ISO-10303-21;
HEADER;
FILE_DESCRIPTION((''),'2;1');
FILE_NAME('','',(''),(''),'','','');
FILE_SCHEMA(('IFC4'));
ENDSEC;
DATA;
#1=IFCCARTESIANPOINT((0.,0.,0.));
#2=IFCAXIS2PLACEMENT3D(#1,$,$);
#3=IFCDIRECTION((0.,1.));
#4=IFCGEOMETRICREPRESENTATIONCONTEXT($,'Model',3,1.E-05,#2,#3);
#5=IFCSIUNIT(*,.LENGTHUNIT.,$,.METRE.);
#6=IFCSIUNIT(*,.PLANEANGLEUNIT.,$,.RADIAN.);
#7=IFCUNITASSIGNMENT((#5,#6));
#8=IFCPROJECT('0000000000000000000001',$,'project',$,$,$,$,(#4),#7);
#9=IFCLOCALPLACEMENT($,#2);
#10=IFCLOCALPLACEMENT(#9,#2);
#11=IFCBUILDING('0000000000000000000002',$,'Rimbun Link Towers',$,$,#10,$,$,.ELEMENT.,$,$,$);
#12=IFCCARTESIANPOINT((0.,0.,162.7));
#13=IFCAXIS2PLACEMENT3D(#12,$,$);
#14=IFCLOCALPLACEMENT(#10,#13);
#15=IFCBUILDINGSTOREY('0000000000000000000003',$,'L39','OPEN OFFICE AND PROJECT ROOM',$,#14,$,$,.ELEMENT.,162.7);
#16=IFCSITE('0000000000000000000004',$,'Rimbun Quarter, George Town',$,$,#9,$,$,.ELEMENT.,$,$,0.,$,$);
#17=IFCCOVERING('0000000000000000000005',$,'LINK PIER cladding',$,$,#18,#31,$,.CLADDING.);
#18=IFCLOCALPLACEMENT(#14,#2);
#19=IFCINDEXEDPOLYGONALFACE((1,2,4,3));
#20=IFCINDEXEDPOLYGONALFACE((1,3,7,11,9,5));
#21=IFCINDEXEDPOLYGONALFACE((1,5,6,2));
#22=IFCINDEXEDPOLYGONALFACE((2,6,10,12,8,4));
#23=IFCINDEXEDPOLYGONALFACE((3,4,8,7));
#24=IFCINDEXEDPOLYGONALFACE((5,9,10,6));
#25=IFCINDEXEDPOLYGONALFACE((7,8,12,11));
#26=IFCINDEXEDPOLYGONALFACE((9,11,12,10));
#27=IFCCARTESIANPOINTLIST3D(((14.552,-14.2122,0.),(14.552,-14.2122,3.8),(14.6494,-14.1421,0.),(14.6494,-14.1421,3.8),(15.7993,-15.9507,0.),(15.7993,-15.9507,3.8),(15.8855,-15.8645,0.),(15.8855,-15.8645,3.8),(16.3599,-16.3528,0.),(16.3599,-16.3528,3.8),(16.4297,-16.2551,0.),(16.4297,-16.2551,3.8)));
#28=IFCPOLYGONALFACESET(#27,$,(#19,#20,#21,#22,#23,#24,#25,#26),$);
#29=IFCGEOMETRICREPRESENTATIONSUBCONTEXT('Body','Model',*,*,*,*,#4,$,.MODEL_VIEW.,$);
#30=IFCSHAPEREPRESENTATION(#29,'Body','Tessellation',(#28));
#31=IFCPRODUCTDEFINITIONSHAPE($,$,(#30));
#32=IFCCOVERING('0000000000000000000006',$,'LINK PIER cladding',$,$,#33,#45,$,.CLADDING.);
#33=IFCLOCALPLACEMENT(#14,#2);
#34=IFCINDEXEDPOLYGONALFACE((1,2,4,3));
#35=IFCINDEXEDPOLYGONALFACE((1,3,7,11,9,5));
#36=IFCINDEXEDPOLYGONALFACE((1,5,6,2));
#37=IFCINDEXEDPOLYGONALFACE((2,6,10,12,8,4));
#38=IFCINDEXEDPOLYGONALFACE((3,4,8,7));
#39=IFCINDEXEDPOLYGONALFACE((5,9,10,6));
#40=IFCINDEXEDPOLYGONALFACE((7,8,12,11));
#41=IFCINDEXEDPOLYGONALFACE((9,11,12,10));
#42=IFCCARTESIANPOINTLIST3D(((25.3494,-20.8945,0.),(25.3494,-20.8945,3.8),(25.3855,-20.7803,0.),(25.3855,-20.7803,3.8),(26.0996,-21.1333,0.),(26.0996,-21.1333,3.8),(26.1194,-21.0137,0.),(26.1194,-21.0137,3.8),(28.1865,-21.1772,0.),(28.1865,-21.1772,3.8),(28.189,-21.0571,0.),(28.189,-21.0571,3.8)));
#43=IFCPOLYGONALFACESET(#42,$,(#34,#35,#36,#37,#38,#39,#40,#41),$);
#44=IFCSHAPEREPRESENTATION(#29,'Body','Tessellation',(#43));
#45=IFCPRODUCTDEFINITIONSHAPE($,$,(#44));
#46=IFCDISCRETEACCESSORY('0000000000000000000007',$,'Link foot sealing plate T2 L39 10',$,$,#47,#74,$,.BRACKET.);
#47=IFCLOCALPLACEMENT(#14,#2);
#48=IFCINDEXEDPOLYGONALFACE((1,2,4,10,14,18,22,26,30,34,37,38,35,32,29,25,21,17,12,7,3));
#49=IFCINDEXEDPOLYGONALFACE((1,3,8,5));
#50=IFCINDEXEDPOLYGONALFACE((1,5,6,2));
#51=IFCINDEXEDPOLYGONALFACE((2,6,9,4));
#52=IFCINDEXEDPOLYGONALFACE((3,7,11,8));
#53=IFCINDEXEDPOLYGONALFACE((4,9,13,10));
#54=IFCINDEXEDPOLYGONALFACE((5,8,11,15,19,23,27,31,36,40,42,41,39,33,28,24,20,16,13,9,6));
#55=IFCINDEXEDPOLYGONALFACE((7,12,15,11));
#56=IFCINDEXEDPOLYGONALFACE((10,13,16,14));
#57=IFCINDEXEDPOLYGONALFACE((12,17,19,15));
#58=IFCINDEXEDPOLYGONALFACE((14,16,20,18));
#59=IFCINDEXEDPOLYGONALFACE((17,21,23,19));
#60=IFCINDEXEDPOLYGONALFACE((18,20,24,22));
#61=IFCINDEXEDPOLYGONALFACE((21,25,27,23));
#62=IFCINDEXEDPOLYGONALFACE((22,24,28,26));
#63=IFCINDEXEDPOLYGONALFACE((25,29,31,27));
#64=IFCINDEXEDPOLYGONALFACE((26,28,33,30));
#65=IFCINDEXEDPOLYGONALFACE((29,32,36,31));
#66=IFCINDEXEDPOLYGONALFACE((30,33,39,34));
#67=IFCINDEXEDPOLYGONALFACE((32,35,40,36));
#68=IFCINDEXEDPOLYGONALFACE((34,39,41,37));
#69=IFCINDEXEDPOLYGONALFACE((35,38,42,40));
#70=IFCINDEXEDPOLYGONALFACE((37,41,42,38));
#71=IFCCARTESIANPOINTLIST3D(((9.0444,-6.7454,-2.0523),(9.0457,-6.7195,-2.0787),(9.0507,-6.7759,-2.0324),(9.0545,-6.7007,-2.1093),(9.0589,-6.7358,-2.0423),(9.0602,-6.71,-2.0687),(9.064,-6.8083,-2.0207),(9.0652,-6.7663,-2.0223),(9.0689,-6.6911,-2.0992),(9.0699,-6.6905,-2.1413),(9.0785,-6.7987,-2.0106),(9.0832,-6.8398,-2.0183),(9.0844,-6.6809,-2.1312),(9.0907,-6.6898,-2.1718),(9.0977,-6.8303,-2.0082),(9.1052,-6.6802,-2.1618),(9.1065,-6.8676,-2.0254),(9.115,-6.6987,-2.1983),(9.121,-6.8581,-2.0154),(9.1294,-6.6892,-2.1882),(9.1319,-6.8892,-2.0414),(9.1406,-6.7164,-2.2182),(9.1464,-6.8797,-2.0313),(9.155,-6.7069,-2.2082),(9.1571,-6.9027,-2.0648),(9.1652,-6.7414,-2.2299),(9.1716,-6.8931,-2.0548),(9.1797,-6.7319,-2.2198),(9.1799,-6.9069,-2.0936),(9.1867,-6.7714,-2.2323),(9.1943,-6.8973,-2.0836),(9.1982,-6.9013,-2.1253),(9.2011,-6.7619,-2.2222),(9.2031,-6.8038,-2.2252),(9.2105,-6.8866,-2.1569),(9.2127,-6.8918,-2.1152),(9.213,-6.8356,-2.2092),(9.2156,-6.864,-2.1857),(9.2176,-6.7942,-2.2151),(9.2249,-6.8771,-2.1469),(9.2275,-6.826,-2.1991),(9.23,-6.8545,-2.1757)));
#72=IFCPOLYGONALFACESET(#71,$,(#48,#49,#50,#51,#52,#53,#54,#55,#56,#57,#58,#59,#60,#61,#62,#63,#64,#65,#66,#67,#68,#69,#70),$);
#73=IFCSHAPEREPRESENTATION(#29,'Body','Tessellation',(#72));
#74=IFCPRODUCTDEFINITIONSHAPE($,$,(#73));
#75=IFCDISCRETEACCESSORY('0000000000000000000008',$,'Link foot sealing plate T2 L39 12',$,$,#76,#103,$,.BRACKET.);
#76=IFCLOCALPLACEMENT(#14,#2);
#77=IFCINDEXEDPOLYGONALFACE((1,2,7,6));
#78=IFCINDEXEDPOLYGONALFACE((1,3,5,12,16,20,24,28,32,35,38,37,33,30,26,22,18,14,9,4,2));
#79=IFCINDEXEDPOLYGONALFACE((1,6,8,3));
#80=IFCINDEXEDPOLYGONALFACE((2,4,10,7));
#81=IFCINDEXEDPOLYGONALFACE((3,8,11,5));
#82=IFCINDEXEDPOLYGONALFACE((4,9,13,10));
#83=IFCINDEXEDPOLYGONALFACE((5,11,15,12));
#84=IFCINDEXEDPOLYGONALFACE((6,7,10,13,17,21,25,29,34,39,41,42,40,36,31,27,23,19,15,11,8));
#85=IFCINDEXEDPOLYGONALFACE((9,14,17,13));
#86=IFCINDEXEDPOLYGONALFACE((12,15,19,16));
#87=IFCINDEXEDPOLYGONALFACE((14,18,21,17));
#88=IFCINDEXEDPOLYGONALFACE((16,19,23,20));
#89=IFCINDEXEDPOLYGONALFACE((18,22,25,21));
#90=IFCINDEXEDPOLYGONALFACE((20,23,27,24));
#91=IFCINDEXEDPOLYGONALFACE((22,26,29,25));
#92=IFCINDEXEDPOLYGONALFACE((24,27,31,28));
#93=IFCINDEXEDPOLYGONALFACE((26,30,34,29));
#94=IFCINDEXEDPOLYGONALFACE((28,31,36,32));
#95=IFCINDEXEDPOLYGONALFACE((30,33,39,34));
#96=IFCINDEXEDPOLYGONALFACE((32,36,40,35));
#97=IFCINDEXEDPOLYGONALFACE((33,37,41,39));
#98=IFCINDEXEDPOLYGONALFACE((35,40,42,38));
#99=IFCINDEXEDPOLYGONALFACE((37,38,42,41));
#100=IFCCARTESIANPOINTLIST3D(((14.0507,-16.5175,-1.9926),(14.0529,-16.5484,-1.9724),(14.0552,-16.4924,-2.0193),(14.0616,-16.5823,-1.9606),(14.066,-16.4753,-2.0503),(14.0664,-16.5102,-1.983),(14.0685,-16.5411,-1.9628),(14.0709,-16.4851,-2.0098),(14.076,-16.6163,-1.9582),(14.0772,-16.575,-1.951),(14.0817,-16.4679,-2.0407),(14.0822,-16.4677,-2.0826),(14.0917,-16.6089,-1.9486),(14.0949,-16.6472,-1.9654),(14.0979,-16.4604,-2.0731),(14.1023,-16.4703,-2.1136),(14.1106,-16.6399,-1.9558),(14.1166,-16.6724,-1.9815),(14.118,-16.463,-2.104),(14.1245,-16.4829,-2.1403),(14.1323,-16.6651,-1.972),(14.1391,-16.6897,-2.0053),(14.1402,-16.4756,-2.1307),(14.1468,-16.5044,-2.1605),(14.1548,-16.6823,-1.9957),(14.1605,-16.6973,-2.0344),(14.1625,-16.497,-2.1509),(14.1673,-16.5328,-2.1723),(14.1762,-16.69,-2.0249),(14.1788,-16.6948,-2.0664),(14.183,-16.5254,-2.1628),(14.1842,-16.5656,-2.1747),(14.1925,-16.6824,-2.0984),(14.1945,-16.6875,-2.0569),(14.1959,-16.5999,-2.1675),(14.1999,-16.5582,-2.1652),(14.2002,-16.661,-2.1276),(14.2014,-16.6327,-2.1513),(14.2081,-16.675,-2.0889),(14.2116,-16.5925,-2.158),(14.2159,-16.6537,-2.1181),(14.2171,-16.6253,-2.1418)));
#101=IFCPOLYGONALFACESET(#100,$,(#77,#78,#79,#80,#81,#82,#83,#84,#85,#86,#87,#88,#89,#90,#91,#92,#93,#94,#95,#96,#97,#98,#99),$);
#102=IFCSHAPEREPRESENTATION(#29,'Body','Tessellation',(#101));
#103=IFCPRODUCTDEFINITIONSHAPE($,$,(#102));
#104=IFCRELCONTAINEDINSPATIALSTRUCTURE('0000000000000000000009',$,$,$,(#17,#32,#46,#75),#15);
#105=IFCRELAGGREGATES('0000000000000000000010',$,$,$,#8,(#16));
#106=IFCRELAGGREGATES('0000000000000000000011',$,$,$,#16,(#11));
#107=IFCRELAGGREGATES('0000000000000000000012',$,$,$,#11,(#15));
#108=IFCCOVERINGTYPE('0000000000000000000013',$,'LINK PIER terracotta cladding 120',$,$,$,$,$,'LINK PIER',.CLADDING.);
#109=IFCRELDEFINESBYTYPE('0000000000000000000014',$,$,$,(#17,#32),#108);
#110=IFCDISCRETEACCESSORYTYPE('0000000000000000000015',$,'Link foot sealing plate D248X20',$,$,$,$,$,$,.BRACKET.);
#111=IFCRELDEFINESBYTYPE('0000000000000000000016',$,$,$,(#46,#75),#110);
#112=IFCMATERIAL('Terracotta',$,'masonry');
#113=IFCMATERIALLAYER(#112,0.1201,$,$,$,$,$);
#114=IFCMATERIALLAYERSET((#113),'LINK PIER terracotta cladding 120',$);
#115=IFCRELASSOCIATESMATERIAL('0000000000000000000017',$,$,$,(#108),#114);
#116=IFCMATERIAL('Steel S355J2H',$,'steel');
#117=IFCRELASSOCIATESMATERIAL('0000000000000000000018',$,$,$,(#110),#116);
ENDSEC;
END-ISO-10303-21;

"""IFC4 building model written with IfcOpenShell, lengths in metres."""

from ifc_helpers import new_model, si_unit, direction, frame, origin, origin_2d, place, context, subcontext, project, spatial, polyline, circle, outline, extrude, material, layer, layer_set, material_profile, profile_set, type_object, element, save


model = new_model("IFC4")

# Units and contexts
model_context = context("Model", 3, precision=1e-05, world=origin(), true_north=direction((0.0, 1.0)))
body_context = subcontext(model_context, "Body", "Model", "MODEL_VIEW")
ifc_project = project(units=[si_unit("LENGTHUNIT", "METRE"), si_unit("PLANEANGLEUNIT", "RADIAN")], contexts=[model_context])

# Site, building, storey
site_placement = place(None, origin())
site = spatial("IfcSite", under=ifc_project, at=site_placement, Name="Rimbun Quarter, George Town", CompositionType="ELEMENT", RefElevation=0.0)
building_placement = place(site_placement, origin())
building = spatial("IfcBuilding", under=site, at=building_placement, Name="Rimbun Link Towers", CompositionType="ELEMENT")
storey_placement = place(building_placement, frame((0.0, 0.0, 162.7)))
storey = spatial("IfcBuildingStorey", under=building, at=storey_placement, Name="L39", Description="OPEN OFFICE AND PROJECT ROOM", CompositionType="ELEMENT", Elevation=162.7)

# Coverings
ifc_material_1 = material(Name="Terracotta", Category="masonry")
ifc_layer_1 = layer(ifc_material_1, 0.1201)
ifc_layer_set_1 = layer_set([ifc_layer_1], Name="LINK PIER terracotta cladding 120")
covering_type_1 = type_object("IfcCoveringType", Name="LINK PIER terracotta cladding 120", ElementType="LINK PIER", PredefinedType="CLADDING", material=ifc_layer_set_1)
covering_1_placement = place(storey_placement, origin())
element("IfcCovering", 1, at=covering_1_placement, inside=storey, type_object=covering_type_1, Name="LINK PIER cladding", PredefinedType="CLADDING", context=body_context, shape_type="SweptSolid", body=[
    extrude(outline(polyline([(16.4297, -16.2551), (15.8855, -15.8645), (14.6494, -14.1421), (14.552, -14.2122), (15.7993, -15.9507), (16.3599, -16.3528), (16.4297, -16.2551)])), origin(), (0.0, 0.0, 1.0), 3.8),
])
covering_2_placement = place(storey_placement, origin())
element("IfcCovering", 2, at=covering_2_placement, inside=storey, type_object=covering_type_1, Name="LINK PIER cladding", PredefinedType="CLADDING", context=body_context, shape_type="SweptSolid", body=[
    extrude(outline(polyline([(28.189, -21.0571), (26.1194, -21.0137), (25.3855, -20.7803), (25.3494, -20.8945), (26.0996, -21.1333), (28.1865, -21.1772), (28.189, -21.0571)])), origin(), (0.0, 0.0, 1.0), 3.8),
])

# Discrete accessories
ifc_material_2 = material(Name="Steel S355J2H", Category="steel")
ifc_material_profile_1 = material_profile(ifc_material_2, circle(Radius=0.124, at=origin_2d()), Name="PL D248")
ifc_profile_set_1 = profile_set([ifc_material_profile_1], Name="Steel S355J2H")
discrete_accessory_type = type_object("IfcDiscreteAccessoryType", Name="Link foot sealing plate D248X20", PredefinedType="BRACKET", material=ifc_profile_set_1)
discrete_accessory_1_placement = place(storey_placement, frame((9.1443, -6.7883, -2.1152), z_axis=(-0.721716, -0.477066, -0.501531), x_axis=(0.551433, -0.834219, 0.0)))
element("IfcDiscreteAccessory", 3, at=discrete_accessory_1_placement, inside=storey, type_object=discrete_accessory_type, Name="Link foot sealing plate T2 L39 10", PredefinedType="BRACKET", context=body_context, shape_type="SweptSolid", body=[
    extrude(circle(Radius=0.124, at=origin_2d()), origin(), (0.0, 0.0, 1.0), 0.02),
])
discrete_accessory_2_placement = place(storey_placement, frame((14.1418, -16.5752, -2.0569), z_axis=(-0.792786, -0.371619, -0.483104), x_axis=(0.424434, -0.905459, 0.0)))
element("IfcDiscreteAccessory", 4, at=discrete_accessory_2_placement, inside=storey, type_object=discrete_accessory_type, Name="Link foot sealing plate T2 L39 12", PredefinedType="BRACKET", context=body_context, shape_type="SweptSolid", body=[
    extrude(circle(Radius=0.124, at=origin_2d()), origin(), (0.0, 0.0, 1.0), 0.0198),
])

save(model, "model.ifc")
